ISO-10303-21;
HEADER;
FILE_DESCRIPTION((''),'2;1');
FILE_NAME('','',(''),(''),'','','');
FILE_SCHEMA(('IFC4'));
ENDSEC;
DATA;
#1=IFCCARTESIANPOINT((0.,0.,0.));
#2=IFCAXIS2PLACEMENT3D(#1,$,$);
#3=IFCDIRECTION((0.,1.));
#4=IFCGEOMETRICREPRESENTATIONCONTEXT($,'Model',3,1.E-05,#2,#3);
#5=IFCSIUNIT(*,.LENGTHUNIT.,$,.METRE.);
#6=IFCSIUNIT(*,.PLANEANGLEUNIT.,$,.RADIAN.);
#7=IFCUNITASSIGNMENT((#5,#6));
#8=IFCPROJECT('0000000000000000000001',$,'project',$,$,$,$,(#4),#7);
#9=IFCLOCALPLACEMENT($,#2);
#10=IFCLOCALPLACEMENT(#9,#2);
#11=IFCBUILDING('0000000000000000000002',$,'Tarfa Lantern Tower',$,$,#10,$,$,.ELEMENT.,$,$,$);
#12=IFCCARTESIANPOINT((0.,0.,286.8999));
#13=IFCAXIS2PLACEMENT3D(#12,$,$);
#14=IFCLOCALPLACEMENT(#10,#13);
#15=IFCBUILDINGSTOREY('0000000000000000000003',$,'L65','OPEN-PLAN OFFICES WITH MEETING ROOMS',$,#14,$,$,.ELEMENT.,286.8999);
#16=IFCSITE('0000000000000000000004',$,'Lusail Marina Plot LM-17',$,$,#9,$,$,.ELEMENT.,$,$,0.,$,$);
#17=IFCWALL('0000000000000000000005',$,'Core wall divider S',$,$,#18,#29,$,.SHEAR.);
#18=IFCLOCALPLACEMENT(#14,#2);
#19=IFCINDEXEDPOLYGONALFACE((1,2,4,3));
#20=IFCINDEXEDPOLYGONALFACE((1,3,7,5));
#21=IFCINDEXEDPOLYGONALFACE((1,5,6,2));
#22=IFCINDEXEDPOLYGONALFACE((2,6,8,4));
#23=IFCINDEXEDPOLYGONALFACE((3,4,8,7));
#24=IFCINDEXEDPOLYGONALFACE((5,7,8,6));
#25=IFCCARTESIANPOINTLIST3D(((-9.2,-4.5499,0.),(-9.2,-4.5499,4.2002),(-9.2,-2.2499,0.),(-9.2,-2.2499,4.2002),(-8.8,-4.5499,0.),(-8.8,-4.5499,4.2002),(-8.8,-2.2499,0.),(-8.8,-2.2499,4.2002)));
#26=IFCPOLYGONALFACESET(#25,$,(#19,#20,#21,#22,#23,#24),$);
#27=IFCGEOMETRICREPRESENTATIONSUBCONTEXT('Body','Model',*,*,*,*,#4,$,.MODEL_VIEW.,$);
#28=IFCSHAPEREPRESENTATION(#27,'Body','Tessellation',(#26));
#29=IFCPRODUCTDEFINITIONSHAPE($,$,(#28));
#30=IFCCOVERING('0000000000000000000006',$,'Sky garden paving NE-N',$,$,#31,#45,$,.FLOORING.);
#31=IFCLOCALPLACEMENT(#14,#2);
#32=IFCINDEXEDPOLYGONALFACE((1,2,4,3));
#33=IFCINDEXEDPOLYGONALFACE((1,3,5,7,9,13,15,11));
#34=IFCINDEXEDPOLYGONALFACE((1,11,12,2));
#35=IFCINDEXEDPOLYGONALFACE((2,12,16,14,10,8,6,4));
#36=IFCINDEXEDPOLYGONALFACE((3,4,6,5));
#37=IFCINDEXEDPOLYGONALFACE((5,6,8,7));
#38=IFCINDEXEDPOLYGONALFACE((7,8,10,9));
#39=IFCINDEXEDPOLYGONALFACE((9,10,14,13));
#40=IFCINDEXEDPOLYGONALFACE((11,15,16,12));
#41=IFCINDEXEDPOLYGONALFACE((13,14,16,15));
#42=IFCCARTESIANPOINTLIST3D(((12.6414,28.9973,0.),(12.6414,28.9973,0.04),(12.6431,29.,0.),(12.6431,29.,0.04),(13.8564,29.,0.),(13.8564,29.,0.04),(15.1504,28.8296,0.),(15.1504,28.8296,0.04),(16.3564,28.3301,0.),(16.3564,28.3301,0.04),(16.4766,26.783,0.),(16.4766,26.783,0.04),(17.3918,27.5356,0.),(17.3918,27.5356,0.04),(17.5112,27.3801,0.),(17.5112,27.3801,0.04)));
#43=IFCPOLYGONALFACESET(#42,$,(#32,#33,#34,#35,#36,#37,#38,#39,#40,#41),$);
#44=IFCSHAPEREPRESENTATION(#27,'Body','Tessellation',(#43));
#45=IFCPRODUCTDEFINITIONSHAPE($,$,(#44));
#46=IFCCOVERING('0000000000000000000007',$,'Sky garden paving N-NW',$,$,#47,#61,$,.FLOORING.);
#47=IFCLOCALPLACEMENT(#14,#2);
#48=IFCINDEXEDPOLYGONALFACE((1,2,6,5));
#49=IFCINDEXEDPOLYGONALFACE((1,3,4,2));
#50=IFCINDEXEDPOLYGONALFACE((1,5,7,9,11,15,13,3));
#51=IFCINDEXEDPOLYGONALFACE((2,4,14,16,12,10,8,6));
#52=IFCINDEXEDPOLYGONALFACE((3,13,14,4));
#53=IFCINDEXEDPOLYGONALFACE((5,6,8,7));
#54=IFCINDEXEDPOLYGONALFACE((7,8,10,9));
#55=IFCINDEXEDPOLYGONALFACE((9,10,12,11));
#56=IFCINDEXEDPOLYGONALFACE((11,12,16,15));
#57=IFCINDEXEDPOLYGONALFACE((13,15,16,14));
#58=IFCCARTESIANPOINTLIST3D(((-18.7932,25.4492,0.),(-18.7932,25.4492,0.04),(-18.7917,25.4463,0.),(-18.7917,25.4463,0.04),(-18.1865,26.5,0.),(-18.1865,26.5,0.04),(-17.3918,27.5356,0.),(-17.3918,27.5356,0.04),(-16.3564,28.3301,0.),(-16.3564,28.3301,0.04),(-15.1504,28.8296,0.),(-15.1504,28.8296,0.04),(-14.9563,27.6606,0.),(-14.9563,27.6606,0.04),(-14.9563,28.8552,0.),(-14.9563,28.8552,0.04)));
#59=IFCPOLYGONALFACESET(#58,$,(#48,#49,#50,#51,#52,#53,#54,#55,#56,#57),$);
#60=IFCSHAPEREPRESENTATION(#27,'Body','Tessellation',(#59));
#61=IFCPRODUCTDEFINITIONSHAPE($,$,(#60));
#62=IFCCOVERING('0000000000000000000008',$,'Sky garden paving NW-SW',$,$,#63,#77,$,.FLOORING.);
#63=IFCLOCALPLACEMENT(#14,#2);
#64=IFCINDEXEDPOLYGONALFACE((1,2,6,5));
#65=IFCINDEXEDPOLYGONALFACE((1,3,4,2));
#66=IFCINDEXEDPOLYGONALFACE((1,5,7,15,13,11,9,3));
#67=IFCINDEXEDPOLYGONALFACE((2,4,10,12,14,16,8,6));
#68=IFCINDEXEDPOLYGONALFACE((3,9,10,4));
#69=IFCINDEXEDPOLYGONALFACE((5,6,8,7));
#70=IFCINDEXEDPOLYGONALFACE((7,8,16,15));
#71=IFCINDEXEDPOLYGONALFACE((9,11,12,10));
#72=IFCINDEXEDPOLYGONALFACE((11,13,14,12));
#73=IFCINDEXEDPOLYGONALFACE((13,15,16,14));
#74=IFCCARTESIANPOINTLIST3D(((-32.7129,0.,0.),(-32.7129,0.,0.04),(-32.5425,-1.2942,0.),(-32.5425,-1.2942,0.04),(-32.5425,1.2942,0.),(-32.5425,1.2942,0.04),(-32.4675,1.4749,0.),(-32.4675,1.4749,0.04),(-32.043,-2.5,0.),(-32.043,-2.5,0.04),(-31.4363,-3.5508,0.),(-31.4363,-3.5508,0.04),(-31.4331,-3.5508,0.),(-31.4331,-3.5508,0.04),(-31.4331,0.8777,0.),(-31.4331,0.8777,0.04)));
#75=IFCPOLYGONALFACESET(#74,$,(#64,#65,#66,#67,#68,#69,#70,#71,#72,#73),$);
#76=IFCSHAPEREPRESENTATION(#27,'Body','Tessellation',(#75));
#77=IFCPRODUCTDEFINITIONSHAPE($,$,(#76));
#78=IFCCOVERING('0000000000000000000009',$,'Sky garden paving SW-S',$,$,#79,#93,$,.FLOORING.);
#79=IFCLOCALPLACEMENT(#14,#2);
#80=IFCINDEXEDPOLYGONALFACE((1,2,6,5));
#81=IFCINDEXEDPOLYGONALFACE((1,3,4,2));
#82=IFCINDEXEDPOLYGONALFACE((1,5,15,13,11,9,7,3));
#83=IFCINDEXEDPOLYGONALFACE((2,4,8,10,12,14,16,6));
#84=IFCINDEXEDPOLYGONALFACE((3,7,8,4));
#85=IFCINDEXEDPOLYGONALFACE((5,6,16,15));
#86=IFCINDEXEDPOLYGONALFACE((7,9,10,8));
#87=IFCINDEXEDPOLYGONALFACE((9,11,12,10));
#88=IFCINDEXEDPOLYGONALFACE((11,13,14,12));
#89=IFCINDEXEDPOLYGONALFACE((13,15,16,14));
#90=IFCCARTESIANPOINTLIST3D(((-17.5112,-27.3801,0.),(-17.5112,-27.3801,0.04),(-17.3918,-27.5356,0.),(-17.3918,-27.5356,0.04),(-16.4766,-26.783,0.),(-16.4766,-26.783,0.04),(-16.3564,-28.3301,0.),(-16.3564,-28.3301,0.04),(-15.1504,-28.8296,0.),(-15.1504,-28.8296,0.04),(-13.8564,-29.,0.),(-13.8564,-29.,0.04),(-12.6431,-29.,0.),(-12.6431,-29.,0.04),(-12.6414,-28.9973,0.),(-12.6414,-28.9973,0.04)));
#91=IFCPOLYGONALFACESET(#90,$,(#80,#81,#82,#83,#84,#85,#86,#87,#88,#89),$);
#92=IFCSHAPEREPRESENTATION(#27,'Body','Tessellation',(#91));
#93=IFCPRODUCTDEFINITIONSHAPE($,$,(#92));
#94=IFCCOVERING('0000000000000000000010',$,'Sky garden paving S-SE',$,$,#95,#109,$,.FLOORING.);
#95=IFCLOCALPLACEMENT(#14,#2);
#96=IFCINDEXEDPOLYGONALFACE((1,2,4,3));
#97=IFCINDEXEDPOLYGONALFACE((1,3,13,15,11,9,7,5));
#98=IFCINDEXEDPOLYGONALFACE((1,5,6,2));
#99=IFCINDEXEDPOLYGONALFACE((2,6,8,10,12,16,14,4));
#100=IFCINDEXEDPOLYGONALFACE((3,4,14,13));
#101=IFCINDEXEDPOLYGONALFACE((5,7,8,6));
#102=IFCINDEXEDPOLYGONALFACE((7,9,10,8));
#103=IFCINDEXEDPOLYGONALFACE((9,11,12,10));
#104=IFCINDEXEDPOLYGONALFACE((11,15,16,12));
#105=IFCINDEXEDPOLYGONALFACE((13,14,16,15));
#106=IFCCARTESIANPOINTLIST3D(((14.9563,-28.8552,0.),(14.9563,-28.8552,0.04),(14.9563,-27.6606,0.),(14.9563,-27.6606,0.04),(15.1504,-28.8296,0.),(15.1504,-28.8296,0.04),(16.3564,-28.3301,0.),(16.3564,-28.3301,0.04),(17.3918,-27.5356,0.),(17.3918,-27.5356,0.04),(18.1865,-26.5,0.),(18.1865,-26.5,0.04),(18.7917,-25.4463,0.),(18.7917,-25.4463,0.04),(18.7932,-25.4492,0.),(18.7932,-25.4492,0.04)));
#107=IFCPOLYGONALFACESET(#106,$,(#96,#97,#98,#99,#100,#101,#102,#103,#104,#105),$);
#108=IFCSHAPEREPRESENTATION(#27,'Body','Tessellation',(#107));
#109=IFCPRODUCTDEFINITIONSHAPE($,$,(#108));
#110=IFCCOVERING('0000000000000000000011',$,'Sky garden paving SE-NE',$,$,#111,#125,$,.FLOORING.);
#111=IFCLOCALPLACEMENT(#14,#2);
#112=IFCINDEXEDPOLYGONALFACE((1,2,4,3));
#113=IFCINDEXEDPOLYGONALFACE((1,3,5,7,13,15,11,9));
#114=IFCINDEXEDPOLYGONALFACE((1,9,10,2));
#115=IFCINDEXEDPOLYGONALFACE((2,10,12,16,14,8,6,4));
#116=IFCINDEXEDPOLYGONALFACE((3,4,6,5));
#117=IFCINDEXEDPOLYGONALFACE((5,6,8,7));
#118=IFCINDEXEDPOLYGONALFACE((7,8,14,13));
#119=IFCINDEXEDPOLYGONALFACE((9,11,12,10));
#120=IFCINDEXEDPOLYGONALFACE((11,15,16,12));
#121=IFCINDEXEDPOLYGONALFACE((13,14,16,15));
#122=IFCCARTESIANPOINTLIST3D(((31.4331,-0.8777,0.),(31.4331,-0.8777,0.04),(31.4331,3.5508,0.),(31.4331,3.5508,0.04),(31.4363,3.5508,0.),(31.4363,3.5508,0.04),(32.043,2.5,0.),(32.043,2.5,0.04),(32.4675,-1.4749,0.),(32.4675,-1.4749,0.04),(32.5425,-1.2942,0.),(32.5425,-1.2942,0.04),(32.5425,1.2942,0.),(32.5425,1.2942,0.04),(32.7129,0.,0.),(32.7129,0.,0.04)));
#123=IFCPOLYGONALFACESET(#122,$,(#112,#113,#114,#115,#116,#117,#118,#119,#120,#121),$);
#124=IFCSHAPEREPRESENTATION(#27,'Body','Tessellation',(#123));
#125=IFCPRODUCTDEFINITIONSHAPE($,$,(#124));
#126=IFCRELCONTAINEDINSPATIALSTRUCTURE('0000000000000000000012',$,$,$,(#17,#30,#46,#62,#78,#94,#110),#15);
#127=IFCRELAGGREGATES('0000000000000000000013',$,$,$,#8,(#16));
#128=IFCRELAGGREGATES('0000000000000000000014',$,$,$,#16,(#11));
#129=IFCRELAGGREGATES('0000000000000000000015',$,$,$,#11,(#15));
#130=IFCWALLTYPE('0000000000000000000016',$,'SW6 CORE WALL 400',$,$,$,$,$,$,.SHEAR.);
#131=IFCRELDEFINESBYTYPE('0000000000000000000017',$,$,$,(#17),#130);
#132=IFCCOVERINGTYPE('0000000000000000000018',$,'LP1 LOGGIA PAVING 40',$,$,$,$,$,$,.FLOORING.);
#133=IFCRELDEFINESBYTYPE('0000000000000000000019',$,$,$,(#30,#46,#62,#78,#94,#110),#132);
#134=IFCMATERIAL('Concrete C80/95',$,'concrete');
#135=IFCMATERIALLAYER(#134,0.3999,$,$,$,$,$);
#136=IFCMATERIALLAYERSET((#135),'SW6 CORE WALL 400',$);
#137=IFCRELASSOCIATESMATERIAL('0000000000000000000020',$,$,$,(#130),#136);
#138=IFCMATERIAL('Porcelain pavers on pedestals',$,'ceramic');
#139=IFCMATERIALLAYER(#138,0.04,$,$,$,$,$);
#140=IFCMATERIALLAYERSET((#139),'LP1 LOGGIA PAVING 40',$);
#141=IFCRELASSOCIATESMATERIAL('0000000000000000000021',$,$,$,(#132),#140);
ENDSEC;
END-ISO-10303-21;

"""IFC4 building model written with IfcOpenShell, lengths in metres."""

from ifc_helpers import new_model, si_unit, direction, frame, frame_2d, origin, place, context, subcontext, project, spatial, polyline, rectangle, outline, extrude, material, layer, layer_set, type_object, element, save


model = new_model("IFC4")

# Units and contexts
model_context = context("Model", 3, precision=1e-05, world=origin(), true_north=direction((0.0, 1.0)))
body_context = subcontext(model_context, "Body", "Model", "MODEL_VIEW")
ifc_project = project(units=[si_unit("LENGTHUNIT", "METRE"), si_unit("PLANEANGLEUNIT", "RADIAN")], contexts=[model_context])

# Site, building, storey
site_placement = place(None, origin())
site = spatial("IfcSite", under=ifc_project, at=site_placement, Name="Lusail Marina Plot LM-17", CompositionType="ELEMENT", RefElevation=0.0)
building_placement = place(site_placement, origin())
building = spatial("IfcBuilding", under=site, at=building_placement, Name="Tarfa Lantern Tower", CompositionType="ELEMENT")
storey_placement = place(building_placement, frame((0.0, 0.0, 286.8999)))
storey = spatial("IfcBuildingStorey", under=building, at=storey_placement, Name="L65", Description="OPEN-PLAN OFFICES WITH MEETING ROOMS", CompositionType="ELEMENT", Elevation=286.8999)

# Shared definitions
ifc_material_1 = material(Name="Concrete C80/95", Category="concrete")

# Wall
ifc_layer_1 = layer(ifc_material_1, 0.3999)
ifc_layer_set_1 = layer_set([ifc_layer_1], Name="SW6 CORE WALL 400")
wall_type_1 = type_object("IfcWallType", Name="SW6 CORE WALL 400", PredefinedType="SHEAR", material=ifc_layer_set_1)
wall_1_placement = place(storey_placement, frame((-9.0, -2.25, 0.0), z_axis=(0.0, 0.0, 1.0), x_axis=(0.0, -1.0, 0.0)))
element("IfcWall", 1, at=wall_1_placement, inside=storey, type_object=wall_type_1, Name="Core wall divider S", PredefinedType="SHEAR", context=body_context, shape_type="SweptSolid", body=[
    extrude(rectangle(XDim=2.3, YDim=0.3999, at=frame_2d((1.1499, 0.0))), origin(), (0.0, 0.0, 1.0), 4.2002),
])

# Coverings
ifc_material_2 = material(Name="Porcelain pavers on pedestals", Category="ceramic")
ifc_layer_2 = layer(ifc_material_2, 0.04)
ifc_layer_set_2 = layer_set([ifc_layer_2], Name="LP1 LOGGIA PAVING 40")
covering_type = type_object("IfcCoveringType", Name="LP1 LOGGIA PAVING 40", PredefinedType="FLOORING", material=ifc_layer_set_2)
covering_1_placement = place(storey_placement, origin())
element("IfcCovering", 2, at=covering_1_placement, inside=storey, type_object=covering_type, Name="Sky garden paving NE-N", PredefinedType="FLOORING", context=body_context, shape_type="SweptSolid", body=[
    extrude(outline(polyline([(15.1504, 28.8296), (16.3564, 28.3301), (17.3918, 27.5356), (17.5112, 27.3801), (16.4766, 26.783), (12.6414, 28.9973), (12.6431, 29.0), (13.8564, 29.0), (15.1504, 28.8296)])), origin(), (0.0, 0.0, 1.0), 0.04),
])
covering_2_placement = place(storey_placement, origin())
element("IfcCovering", 3, at=covering_2_placement, inside=storey, type_object=covering_type, Name="Sky garden paving N-NW", PredefinedType="FLOORING", context=body_context, shape_type="SweptSolid", body=[
    extrude(outline(polyline([(-17.3918, 27.5356), (-16.3564, 28.3301), (-15.1504, 28.8296), (-14.9563, 28.8552), (-14.9563, 27.6606), (-18.7917, 25.4463), (-18.7932, 25.4492), (-18.1865, 26.5), (-17.3918, 27.5356)])), origin(), (0.0, 0.0, 1.0), 0.04),
])
covering_3_placement = place(storey_placement, origin())
element("IfcCovering", 4, at=covering_3_placement, inside=storey, type_object=covering_type, Name="Sky garden paving NW-SW", PredefinedType="FLOORING", context=body_context, shape_type="SweptSolid", body=[
    extrude(outline(polyline([(-32.5425, -1.2942), (-32.7129, 0.0), (-32.5425, 1.2942), (-32.4675, 1.4749), (-31.4331, 0.8777), (-31.4331, -3.5508), (-31.4363, -3.5508), (-32.043, -2.5), (-32.5425, -1.2942)])), origin(), (0.0, 0.0, 1.0), 0.04),
])
covering_4_placement = place(storey_placement, origin())
element("IfcCovering", 5, at=covering_4_placement, inside=storey, type_object=covering_type, Name="Sky garden paving SW-S", PredefinedType="FLOORING", context=body_context, shape_type="SweptSolid", body=[
    extrude(outline(polyline([(-15.1504, -28.8296), (-16.3564, -28.3301), (-17.3918, -27.5356), (-17.5112, -27.3801), (-16.4766, -26.783), (-12.6414, -28.9973), (-12.6431, -29.0), (-13.8564, -29.0), (-15.1504, -28.8296)])), origin(), (0.0, 0.0, 1.0), 0.04),
])
covering_5_placement = place(storey_placement, origin())
element("IfcCovering", 6, at=covering_5_placement, inside=storey, type_object=covering_type, Name="Sky garden paving S-SE", PredefinedType="FLOORING", context=body_context, shape_type="SweptSolid", body=[
    extrude(outline(polyline([(17.3918, -27.5356), (16.3564, -28.3301), (15.1504, -28.8296), (14.9563, -28.8552), (14.9563, -27.6606), (18.7917, -25.4463), (18.7932, -25.4492), (18.1865, -26.5), (17.3918, -27.5356)])), origin(), (0.0, 0.0, 1.0), 0.04),
])
covering_6_placement = place(storey_placement, origin())
element("IfcCovering", 7, at=covering_6_placement, inside=storey, type_object=covering_type, Name="Sky garden paving SE-NE", PredefinedType="FLOORING", context=body_context, shape_type="SweptSolid", body=[
    extrude(outline(polyline([(32.5425, 1.2942), (32.7129, 0.0), (32.5425, -1.2942), (32.4675, -1.4749), (31.4331, -0.8777), (31.4331, 3.5508), (31.4363, 3.5508), (32.043, 2.5), (32.5425, 1.2942)])), origin(), (0.0, 0.0, 1.0), 0.04),
])

save(model, "model.ifc")
